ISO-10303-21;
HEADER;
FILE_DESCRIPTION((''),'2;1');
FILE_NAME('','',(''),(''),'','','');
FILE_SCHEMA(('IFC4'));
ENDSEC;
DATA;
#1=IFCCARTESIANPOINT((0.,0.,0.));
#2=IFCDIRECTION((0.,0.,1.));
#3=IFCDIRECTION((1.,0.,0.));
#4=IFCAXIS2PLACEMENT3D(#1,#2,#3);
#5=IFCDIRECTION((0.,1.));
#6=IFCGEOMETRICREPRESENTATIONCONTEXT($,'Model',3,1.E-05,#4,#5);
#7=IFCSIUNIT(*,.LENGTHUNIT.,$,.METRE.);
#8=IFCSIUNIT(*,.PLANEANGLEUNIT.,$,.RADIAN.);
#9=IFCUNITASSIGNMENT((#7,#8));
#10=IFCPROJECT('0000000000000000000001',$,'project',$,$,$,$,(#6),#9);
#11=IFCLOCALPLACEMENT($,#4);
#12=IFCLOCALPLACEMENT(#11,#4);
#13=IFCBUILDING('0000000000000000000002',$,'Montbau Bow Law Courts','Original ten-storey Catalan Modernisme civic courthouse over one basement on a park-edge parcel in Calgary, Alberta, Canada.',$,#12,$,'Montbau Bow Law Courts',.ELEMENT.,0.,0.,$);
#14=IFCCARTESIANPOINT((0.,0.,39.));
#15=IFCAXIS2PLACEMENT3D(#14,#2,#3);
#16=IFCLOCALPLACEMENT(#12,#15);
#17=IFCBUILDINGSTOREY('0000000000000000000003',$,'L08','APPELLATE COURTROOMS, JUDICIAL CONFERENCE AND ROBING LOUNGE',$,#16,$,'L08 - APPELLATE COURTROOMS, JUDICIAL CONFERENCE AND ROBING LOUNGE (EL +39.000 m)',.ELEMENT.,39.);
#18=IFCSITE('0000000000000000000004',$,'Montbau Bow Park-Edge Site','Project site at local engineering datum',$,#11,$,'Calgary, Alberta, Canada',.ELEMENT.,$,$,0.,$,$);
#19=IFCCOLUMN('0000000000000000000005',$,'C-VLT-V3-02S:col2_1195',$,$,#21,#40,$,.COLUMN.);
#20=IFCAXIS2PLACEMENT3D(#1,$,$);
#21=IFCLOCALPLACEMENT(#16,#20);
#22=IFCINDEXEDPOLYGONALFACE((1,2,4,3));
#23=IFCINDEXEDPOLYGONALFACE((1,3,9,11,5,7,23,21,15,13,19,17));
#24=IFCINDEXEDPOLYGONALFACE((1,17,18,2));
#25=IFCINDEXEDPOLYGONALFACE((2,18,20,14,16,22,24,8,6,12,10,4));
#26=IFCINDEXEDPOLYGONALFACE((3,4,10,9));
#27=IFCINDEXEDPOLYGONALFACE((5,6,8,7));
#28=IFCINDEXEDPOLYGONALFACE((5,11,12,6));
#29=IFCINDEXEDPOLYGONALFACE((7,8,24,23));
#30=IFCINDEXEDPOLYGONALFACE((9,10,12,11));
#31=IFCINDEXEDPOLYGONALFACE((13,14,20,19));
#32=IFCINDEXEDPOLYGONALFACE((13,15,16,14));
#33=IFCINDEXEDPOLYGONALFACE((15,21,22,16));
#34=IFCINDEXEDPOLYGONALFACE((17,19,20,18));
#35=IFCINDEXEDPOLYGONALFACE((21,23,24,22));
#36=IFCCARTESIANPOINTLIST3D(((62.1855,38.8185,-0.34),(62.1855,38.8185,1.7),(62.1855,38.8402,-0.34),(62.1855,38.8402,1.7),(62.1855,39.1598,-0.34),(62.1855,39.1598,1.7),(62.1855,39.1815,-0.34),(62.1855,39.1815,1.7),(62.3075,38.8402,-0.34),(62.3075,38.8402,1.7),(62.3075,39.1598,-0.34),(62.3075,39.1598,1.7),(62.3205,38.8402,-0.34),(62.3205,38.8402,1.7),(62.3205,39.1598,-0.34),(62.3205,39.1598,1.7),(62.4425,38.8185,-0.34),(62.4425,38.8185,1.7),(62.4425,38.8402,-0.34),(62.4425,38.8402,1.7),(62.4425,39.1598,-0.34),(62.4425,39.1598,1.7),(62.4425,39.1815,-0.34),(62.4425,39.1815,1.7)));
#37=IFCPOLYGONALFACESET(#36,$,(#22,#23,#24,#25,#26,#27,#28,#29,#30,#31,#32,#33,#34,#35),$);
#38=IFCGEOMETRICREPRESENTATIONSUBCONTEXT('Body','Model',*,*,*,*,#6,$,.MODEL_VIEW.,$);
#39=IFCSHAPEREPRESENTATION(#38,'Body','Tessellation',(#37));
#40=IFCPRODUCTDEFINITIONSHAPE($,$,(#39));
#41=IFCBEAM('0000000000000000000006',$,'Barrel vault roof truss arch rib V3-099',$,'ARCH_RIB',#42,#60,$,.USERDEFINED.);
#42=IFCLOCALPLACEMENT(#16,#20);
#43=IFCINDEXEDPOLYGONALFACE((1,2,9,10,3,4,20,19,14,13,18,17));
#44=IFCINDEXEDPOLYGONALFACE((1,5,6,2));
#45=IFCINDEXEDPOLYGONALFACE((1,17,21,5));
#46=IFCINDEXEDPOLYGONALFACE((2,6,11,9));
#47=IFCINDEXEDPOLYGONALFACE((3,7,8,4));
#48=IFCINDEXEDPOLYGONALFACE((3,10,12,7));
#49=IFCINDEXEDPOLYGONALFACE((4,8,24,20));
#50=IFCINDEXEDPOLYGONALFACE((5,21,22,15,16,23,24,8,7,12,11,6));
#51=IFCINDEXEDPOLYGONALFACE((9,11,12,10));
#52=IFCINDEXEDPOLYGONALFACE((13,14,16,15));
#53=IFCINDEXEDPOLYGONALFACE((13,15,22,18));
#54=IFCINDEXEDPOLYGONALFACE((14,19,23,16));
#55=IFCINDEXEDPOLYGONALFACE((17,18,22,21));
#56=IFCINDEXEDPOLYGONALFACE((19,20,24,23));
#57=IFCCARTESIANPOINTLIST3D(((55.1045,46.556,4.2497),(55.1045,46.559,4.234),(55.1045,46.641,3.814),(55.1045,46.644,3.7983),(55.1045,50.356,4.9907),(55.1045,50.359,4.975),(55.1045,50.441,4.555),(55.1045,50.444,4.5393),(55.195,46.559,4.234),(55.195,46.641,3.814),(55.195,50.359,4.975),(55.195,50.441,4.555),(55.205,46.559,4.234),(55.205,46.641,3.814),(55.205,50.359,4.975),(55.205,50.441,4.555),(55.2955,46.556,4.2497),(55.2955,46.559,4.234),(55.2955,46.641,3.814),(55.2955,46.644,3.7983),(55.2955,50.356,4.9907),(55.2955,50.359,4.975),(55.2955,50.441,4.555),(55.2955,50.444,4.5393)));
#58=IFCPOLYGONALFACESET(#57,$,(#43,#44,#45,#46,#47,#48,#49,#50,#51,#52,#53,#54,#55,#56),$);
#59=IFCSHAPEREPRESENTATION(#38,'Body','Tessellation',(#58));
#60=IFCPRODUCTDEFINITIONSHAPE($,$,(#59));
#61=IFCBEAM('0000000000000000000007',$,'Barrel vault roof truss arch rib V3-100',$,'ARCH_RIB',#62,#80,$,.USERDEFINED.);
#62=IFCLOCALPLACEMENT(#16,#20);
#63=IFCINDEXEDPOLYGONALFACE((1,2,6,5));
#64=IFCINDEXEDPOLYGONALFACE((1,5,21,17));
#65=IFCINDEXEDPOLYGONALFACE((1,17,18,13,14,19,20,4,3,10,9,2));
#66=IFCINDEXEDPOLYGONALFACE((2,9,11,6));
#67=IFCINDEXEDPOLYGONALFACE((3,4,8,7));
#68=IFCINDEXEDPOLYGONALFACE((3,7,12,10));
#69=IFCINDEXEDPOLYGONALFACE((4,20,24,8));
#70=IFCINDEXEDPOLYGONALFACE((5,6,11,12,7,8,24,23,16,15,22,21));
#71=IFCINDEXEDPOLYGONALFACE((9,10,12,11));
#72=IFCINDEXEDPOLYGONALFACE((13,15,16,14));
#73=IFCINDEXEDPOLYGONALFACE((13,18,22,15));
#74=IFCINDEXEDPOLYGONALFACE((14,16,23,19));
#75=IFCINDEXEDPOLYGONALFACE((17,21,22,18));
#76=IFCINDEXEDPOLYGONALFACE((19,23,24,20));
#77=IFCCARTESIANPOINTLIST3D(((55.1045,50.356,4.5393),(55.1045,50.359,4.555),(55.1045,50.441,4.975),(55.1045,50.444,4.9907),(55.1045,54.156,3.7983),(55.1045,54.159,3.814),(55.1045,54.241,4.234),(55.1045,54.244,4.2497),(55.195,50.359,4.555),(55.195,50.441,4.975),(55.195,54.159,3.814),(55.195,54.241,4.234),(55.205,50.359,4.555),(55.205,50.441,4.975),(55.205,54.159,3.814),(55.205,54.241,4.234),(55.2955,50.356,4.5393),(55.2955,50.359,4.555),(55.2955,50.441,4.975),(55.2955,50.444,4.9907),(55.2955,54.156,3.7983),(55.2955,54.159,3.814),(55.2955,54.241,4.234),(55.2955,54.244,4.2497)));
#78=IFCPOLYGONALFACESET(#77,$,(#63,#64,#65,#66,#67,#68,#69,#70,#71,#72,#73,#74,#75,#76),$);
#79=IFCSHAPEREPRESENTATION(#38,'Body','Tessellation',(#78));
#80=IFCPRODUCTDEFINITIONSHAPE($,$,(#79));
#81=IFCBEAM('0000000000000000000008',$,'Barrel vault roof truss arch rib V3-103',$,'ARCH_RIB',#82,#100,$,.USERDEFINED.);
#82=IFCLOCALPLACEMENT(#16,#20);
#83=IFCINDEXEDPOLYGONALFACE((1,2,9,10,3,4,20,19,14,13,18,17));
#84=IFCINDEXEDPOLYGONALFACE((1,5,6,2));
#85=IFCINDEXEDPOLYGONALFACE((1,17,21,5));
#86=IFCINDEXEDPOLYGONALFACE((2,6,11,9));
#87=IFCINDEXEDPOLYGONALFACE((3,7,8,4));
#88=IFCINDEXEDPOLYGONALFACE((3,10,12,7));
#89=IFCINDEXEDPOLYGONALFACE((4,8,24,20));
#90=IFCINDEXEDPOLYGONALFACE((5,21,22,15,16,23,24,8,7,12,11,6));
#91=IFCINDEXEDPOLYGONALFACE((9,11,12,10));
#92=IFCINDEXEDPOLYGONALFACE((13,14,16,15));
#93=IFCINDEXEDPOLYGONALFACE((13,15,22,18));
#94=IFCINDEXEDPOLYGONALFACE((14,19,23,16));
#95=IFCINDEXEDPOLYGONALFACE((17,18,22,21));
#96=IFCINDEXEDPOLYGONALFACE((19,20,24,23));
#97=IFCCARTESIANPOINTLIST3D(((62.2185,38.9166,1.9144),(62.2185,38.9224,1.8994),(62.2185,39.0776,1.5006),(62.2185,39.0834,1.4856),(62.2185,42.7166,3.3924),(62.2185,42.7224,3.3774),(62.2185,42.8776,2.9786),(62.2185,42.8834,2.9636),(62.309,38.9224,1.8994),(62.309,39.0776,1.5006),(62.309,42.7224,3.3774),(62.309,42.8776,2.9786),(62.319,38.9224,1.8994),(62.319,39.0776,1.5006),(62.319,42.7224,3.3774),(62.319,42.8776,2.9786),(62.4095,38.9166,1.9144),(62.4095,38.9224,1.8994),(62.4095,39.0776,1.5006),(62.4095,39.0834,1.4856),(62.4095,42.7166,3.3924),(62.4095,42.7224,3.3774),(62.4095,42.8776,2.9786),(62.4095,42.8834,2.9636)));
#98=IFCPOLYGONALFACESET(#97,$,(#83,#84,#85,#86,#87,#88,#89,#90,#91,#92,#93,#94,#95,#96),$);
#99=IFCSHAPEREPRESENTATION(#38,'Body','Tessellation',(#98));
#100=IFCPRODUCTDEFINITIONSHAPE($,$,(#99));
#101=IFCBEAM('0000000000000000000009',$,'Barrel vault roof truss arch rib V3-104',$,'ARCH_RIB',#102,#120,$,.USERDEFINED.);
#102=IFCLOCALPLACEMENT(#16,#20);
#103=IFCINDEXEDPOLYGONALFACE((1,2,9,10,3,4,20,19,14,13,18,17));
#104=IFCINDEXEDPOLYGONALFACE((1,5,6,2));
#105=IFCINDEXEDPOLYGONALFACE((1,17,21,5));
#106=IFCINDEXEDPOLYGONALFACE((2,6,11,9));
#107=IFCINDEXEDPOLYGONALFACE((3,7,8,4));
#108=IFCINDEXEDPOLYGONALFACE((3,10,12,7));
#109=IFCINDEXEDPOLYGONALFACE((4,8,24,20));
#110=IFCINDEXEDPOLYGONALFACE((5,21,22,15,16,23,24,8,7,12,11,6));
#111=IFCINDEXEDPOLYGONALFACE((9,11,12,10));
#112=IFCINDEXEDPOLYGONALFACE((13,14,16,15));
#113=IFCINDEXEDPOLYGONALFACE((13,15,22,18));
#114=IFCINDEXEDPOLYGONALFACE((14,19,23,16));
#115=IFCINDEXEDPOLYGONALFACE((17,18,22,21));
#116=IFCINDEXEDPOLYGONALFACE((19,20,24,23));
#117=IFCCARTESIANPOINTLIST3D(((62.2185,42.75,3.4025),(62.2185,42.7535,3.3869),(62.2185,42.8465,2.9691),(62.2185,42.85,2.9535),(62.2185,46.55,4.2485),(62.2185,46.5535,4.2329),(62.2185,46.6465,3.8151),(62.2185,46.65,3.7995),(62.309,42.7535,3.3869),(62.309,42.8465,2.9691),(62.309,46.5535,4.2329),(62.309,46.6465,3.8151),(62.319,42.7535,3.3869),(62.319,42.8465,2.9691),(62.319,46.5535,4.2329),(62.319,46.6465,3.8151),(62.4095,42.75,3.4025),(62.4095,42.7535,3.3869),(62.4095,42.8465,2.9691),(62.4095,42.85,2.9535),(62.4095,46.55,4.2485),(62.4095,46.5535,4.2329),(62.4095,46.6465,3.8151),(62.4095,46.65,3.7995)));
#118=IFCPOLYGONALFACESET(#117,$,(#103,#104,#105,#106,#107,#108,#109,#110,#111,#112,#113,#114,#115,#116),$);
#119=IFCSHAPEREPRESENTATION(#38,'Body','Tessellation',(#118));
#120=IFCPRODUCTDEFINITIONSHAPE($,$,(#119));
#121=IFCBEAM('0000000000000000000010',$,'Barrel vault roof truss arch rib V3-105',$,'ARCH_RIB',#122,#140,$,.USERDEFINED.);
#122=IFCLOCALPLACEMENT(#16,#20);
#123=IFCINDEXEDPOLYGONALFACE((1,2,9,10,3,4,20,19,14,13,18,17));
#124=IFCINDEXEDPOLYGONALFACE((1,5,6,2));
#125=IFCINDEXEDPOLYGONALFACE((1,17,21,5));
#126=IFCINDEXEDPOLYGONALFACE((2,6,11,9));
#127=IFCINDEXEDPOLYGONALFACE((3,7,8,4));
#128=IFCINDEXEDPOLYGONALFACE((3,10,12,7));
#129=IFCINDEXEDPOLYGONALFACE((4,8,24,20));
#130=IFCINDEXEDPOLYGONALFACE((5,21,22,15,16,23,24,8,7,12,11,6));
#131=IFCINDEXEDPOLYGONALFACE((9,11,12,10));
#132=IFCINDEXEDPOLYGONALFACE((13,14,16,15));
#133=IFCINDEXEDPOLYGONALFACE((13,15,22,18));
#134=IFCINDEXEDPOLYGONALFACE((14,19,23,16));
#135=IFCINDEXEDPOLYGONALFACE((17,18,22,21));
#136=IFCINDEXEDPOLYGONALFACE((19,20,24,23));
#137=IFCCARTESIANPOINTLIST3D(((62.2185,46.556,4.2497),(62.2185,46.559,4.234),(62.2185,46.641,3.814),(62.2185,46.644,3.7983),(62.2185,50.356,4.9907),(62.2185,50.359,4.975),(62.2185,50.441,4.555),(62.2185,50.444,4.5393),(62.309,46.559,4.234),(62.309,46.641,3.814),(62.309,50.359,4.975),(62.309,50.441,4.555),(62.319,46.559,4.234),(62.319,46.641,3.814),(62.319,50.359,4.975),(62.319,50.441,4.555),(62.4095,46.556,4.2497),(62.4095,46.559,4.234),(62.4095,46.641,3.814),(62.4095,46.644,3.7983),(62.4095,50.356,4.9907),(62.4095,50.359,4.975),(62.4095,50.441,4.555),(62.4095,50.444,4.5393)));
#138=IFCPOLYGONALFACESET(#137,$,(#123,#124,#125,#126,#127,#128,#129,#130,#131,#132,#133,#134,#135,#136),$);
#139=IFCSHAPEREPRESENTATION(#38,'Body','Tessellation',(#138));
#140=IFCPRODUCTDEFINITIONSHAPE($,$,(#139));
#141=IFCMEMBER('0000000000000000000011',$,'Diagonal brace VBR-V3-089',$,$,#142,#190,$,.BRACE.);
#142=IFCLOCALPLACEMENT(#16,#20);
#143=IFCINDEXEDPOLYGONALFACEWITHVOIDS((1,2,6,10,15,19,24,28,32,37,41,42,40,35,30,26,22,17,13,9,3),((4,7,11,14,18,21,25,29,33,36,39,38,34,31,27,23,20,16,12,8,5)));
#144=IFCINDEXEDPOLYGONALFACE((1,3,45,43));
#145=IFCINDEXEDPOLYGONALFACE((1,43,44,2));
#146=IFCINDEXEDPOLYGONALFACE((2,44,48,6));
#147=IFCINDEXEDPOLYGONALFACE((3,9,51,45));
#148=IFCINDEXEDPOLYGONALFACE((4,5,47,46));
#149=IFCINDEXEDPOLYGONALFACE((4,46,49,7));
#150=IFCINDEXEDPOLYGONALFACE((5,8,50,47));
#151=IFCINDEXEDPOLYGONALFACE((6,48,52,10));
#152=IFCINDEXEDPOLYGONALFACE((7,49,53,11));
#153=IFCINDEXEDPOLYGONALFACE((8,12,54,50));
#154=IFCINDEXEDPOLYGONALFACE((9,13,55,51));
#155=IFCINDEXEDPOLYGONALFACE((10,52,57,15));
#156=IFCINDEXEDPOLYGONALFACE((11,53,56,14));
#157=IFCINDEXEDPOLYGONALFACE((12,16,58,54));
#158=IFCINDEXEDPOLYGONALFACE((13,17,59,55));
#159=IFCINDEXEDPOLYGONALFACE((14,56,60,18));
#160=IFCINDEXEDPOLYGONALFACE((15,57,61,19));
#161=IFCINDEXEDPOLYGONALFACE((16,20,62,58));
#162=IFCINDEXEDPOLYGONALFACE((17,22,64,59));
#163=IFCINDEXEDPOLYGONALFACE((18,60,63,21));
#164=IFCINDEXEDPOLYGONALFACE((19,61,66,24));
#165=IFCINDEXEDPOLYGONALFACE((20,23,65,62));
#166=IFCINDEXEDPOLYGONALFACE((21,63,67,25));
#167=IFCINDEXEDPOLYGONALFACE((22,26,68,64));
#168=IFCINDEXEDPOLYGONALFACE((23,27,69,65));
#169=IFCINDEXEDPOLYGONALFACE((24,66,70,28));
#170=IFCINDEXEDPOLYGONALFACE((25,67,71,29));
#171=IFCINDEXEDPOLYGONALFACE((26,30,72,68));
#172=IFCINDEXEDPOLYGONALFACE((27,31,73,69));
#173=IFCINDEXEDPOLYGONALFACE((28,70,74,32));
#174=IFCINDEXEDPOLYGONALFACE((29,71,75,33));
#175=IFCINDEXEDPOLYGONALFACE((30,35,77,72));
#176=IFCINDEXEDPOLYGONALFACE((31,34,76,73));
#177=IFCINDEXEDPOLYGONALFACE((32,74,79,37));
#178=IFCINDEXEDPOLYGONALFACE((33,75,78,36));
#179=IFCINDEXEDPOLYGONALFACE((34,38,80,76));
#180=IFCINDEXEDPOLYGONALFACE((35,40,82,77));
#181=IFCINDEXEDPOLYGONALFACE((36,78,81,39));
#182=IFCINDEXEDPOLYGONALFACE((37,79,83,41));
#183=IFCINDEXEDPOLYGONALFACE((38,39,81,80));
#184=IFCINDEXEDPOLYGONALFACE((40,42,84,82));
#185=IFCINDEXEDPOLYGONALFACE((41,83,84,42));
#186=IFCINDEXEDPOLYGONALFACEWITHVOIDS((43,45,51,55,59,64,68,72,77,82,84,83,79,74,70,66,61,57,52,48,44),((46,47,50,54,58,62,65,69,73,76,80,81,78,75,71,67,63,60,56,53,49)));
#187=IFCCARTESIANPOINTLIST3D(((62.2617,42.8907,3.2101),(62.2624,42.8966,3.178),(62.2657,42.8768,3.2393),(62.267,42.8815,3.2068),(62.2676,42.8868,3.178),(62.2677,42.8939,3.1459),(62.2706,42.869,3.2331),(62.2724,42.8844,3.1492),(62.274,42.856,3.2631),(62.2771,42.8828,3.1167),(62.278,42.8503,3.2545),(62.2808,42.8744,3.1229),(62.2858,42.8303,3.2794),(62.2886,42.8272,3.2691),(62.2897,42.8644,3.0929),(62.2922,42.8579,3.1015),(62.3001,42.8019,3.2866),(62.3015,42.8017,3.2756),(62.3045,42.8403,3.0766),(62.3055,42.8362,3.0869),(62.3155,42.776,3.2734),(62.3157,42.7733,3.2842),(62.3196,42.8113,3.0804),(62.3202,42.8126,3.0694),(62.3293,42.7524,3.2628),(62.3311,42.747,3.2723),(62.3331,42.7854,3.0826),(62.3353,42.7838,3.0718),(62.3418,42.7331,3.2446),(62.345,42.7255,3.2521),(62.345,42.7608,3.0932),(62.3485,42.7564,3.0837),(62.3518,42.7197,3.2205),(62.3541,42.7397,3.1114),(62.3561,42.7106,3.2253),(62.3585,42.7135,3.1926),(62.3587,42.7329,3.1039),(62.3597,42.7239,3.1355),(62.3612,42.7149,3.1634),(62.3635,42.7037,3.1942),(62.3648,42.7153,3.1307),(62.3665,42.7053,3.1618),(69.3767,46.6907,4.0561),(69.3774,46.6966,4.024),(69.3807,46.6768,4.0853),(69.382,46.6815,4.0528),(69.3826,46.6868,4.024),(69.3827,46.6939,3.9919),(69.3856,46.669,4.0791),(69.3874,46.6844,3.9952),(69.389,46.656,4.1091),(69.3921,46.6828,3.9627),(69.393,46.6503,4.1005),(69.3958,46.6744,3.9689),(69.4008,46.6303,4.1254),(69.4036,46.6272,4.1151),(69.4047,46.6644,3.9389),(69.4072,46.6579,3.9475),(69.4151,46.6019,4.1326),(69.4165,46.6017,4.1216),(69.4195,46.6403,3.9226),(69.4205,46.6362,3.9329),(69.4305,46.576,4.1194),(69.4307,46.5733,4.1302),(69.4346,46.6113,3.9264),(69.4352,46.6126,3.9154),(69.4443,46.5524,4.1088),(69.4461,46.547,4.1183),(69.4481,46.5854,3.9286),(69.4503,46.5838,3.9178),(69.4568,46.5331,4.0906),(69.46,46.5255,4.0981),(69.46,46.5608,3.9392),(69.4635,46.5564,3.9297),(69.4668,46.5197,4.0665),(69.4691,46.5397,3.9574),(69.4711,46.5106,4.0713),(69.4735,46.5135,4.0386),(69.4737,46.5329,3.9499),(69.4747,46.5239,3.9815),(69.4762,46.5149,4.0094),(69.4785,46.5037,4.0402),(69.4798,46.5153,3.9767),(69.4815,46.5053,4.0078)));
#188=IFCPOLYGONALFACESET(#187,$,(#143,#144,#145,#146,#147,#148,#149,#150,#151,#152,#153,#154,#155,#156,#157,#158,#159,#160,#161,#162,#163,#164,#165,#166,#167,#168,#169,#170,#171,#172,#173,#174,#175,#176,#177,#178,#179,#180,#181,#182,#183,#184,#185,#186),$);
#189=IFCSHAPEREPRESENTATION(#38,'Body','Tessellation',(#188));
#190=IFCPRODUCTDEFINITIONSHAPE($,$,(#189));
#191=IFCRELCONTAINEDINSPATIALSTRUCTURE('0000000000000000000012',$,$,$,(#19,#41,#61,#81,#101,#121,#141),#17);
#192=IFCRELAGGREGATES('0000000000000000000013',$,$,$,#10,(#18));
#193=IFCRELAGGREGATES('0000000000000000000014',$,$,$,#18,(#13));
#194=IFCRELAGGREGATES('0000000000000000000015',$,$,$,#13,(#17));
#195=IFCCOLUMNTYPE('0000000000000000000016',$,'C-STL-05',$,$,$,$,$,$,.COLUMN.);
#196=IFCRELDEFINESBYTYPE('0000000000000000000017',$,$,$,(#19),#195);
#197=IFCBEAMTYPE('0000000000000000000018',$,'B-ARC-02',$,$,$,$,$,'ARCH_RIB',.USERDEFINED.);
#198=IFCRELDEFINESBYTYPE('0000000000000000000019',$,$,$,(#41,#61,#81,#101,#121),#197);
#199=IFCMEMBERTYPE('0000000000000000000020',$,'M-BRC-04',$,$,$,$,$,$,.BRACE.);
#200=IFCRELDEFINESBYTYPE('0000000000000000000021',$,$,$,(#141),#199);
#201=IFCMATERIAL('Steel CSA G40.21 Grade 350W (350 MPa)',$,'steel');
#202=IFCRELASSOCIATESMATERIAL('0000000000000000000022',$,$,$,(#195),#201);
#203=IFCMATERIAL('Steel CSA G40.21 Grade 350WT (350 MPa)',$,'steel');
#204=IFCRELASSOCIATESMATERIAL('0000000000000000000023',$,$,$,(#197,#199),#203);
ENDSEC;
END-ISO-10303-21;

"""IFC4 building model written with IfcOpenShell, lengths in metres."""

from ifc_helpers import new_model, si_unit, direction, frame, origin_with_axes, origin_2d_with_axis, place, context, subcontext, project, spatial, hollow_circle, i_section, extrude, material, material_profile, profile_set, type_object, element, save


model = new_model("IFC4")

# Units and contexts
model_context = context("Model", 3, precision=1e-05, world=origin_with_axes(), true_north=direction((0.0, 1.0)))
body_context = subcontext(model_context, "Body", "Model", "MODEL_VIEW")
ifc_project = project(units=[si_unit("LENGTHUNIT", "METRE"), si_unit("PLANEANGLEUNIT", "RADIAN")], contexts=[model_context])

# Site, building, storey
site_placement = place(None, origin_with_axes())
site = spatial("IfcSite", under=ifc_project, at=site_placement, Name="Montbau Bow Park-Edge Site", Description="Project site at local engineering datum", LongName="Calgary, Alberta, Canada", CompositionType="ELEMENT", RefElevation=0.0)
building_placement = place(site_placement, origin_with_axes())
building = spatial("IfcBuilding", under=site, at=building_placement, Name="Montbau Bow Law Courts", Description="Original ten-storey Catalan Modernisme civic courthouse over one basement on a park-edge parcel in Calgary, Alberta, Canada.", LongName="Montbau Bow Law Courts", CompositionType="ELEMENT", ElevationOfRefHeight=0.0, ElevationOfTerrain=0.0)
storey_placement = place(building_placement, frame((0.0, 0.0, 39.0), z_axis=(0.0, 0.0, 1.0), x_axis=(1.0, 0.0, 0.0)))
storey = spatial("IfcBuildingStorey", under=building, at=storey_placement, Name="L08", Description="APPELLATE COURTROOMS, JUDICIAL CONFERENCE AND ROBING LOUNGE", LongName="L08 - APPELLATE COURTROOMS, JUDICIAL CONFERENCE AND ROBING LOUNGE (EL +39.000 m)", CompositionType="ELEMENT", Elevation=39.0)

# Column
ifc_material_1 = material(Name="Steel CSA G40.21 Grade 350W (350 MPa)", Category="steel")
ifc_material_profile_1 = material_profile(ifc_material_1, i_section(OverallWidth=0.257, OverallDepth=0.363, WebThickness=0.013, FlangeThickness=0.0217, at=origin_2d_with_axis()), Name="W360X122", Category="Main", Priority=0)
ifc_profile_set_1 = profile_set([ifc_material_profile_1], Name="Steel CSA G40.21 Grade 350W (350 MPa)")
column_type = type_object("IfcColumnType", Name="C-STL-05", PredefinedType="COLUMN", material=ifc_profile_set_1)
column_placement = place(None, frame((62.314, 39.0, 38.66), z_axis=(0.0, 0.0, 1.0), x_axis=(1.0, 0.0, 0.0)))
element("IfcColumn", 1, at=column_placement, inside=storey, type_object=column_type, Name="C-VLT-V3-02S:col2_1195", PredefinedType="COLUMN", context=body_context, shape_type="SweptSolid", body=[
    extrude(i_section(OverallWidth=0.257, OverallDepth=0.363, WebThickness=0.013, FlangeThickness=0.0217, at=origin_2d_with_axis()), origin_with_axes(), (0.0, 0.0, 1.0), 2.04),
])

# Beams
ifc_material_2 = material(Name="Steel CSA G40.21 Grade 350WT (350 MPa)", Category="steel")
ifc_material_profile_2 = material_profile(ifc_material_2, i_section(OverallWidth=0.191, OverallDepth=0.46, WebThickness=0.0099, FlangeThickness=0.016, at=origin_2d_with_axis()), Name="W460X82", Category="Main", Priority=0)
ifc_profile_set_2 = profile_set([ifc_material_profile_2], Name="Steel CSA G40.21 Grade 350WT (350 MPa)")
beam_type = type_object("IfcBeamType", Name="B-ARC-02", ElementType="ARCH_RIB", PredefinedType="USERDEFINED", material=ifc_profile_set_2)
for number, where, z_axis, x_axis, name in (
    (2, (55.2, 46.6, 43.024), (0.0, 0.981513, 0.191395), (-1.0, 0.0, 0.0), "Barrel vault roof truss arch rib V3-099"),
    (3, (55.2, 50.4, 43.765), (0.0, 0.981513, -0.191395), (-1.0, 0.0, 0.0), "Barrel vault roof truss arch rib V3-100"),
):
    element("IfcBeam", number, at=place(None, frame(where, z_axis=z_axis, x_axis=x_axis)), inside=storey, type_object=beam_type, Name=name, ObjectType="ARCH_RIB", PredefinedType="USERDEFINED", context=body_context, shape_type="SweptSolid", body=[
        extrude(i_section(OverallWidth=0.191, OverallDepth=0.46, WebThickness=0.0099, FlangeThickness=0.016, at=origin_2d_with_axis()), origin_with_axes(), (0.0, 0.0, 1.0), 3.8716),
    ])
beam_1_placement = place(None, frame((62.314, 39.0, 40.7), z_axis=(0.0, 0.931986, 0.362494), x_axis=(-1.0, 0.0, 0.0)))
element("IfcBeam", 4, at=beam_1_placement, inside=storey, type_object=beam_type, Name="Barrel vault roof truss arch rib V3-103", ObjectType="ARCH_RIB", PredefinedType="USERDEFINED", context=body_context, shape_type="SweptSolid", body=[
    extrude(i_section(OverallWidth=0.191, OverallDepth=0.46, WebThickness=0.0099, FlangeThickness=0.016, at=origin_2d_with_axis()), origin_with_axes(), (0.0, 0.0, 1.0), 4.0773),
])
beam_2_placement = place(None, frame((62.314, 42.8, 42.178), z_axis=(0.0, 0.976102, 0.217311), x_axis=(-1.0, 0.0, 0.0)))
element("IfcBeam", 5, at=beam_2_placement, inside=storey, type_object=beam_type, Name="Barrel vault roof truss arch rib V3-104", ObjectType="ARCH_RIB", PredefinedType="USERDEFINED", context=body_context, shape_type="SweptSolid", body=[
    extrude(i_section(OverallWidth=0.191, OverallDepth=0.46, WebThickness=0.0099, FlangeThickness=0.016, at=origin_2d_with_axis()), origin_with_axes(), (0.0, 0.0, 1.0), 3.893),
])
beam_3_placement = place(None, frame((62.314, 46.6, 43.024), z_axis=(0.0, 0.981513, 0.191395), x_axis=(-1.0, 0.0, 0.0)))
element("IfcBeam", 6, at=beam_3_placement, inside=storey, type_object=beam_type, Name="Barrel vault roof truss arch rib V3-105", ObjectType="ARCH_RIB", PredefinedType="USERDEFINED", context=body_context, shape_type="SweptSolid", body=[
    extrude(i_section(OverallWidth=0.191, OverallDepth=0.46, WebThickness=0.0099, FlangeThickness=0.016, at=origin_2d_with_axis()), origin_with_axes(), (0.0, 0.0, 1.0), 3.8716),
])

# Member
ifc_material_profile_3 = material_profile(ifc_material_2, hollow_circle(Radius=0.1095, WallThickness=0.0111, at=origin_2d_with_axis()), Name="HSS219X11", Category="Main", Priority=0)
ifc_profile_set_3 = profile_set([ifc_material_profile_3], Name="Steel CSA G40.21 Grade 350WT (350 MPa)")
member_type_1 = type_object("IfcMemberType", Name="M-BRC-04", PredefinedType="BRACE", material=ifc_profile_set_3)
member_1_placement = place(None, frame((62.314, 42.8, 42.178), z_axis=(0.877266, 0.468533, 0.10431), x_axis=(-0.471103, 0.882078, 0.0)))
element("IfcMember", 7, at=member_1_placement, inside=storey, type_object=member_type_1, Name="Diagonal brace VBR-V3-089", PredefinedType="BRACE", context=body_context, shape_type="SweptSolid", body=[
    extrude(hollow_circle(Radius=0.1095, WallThickness=0.0111, at=origin_2d_with_axis()), origin_with_axes(), (0.0, 0.0, 1.0), 8.1104),
])

save(model, "model.ifc")
